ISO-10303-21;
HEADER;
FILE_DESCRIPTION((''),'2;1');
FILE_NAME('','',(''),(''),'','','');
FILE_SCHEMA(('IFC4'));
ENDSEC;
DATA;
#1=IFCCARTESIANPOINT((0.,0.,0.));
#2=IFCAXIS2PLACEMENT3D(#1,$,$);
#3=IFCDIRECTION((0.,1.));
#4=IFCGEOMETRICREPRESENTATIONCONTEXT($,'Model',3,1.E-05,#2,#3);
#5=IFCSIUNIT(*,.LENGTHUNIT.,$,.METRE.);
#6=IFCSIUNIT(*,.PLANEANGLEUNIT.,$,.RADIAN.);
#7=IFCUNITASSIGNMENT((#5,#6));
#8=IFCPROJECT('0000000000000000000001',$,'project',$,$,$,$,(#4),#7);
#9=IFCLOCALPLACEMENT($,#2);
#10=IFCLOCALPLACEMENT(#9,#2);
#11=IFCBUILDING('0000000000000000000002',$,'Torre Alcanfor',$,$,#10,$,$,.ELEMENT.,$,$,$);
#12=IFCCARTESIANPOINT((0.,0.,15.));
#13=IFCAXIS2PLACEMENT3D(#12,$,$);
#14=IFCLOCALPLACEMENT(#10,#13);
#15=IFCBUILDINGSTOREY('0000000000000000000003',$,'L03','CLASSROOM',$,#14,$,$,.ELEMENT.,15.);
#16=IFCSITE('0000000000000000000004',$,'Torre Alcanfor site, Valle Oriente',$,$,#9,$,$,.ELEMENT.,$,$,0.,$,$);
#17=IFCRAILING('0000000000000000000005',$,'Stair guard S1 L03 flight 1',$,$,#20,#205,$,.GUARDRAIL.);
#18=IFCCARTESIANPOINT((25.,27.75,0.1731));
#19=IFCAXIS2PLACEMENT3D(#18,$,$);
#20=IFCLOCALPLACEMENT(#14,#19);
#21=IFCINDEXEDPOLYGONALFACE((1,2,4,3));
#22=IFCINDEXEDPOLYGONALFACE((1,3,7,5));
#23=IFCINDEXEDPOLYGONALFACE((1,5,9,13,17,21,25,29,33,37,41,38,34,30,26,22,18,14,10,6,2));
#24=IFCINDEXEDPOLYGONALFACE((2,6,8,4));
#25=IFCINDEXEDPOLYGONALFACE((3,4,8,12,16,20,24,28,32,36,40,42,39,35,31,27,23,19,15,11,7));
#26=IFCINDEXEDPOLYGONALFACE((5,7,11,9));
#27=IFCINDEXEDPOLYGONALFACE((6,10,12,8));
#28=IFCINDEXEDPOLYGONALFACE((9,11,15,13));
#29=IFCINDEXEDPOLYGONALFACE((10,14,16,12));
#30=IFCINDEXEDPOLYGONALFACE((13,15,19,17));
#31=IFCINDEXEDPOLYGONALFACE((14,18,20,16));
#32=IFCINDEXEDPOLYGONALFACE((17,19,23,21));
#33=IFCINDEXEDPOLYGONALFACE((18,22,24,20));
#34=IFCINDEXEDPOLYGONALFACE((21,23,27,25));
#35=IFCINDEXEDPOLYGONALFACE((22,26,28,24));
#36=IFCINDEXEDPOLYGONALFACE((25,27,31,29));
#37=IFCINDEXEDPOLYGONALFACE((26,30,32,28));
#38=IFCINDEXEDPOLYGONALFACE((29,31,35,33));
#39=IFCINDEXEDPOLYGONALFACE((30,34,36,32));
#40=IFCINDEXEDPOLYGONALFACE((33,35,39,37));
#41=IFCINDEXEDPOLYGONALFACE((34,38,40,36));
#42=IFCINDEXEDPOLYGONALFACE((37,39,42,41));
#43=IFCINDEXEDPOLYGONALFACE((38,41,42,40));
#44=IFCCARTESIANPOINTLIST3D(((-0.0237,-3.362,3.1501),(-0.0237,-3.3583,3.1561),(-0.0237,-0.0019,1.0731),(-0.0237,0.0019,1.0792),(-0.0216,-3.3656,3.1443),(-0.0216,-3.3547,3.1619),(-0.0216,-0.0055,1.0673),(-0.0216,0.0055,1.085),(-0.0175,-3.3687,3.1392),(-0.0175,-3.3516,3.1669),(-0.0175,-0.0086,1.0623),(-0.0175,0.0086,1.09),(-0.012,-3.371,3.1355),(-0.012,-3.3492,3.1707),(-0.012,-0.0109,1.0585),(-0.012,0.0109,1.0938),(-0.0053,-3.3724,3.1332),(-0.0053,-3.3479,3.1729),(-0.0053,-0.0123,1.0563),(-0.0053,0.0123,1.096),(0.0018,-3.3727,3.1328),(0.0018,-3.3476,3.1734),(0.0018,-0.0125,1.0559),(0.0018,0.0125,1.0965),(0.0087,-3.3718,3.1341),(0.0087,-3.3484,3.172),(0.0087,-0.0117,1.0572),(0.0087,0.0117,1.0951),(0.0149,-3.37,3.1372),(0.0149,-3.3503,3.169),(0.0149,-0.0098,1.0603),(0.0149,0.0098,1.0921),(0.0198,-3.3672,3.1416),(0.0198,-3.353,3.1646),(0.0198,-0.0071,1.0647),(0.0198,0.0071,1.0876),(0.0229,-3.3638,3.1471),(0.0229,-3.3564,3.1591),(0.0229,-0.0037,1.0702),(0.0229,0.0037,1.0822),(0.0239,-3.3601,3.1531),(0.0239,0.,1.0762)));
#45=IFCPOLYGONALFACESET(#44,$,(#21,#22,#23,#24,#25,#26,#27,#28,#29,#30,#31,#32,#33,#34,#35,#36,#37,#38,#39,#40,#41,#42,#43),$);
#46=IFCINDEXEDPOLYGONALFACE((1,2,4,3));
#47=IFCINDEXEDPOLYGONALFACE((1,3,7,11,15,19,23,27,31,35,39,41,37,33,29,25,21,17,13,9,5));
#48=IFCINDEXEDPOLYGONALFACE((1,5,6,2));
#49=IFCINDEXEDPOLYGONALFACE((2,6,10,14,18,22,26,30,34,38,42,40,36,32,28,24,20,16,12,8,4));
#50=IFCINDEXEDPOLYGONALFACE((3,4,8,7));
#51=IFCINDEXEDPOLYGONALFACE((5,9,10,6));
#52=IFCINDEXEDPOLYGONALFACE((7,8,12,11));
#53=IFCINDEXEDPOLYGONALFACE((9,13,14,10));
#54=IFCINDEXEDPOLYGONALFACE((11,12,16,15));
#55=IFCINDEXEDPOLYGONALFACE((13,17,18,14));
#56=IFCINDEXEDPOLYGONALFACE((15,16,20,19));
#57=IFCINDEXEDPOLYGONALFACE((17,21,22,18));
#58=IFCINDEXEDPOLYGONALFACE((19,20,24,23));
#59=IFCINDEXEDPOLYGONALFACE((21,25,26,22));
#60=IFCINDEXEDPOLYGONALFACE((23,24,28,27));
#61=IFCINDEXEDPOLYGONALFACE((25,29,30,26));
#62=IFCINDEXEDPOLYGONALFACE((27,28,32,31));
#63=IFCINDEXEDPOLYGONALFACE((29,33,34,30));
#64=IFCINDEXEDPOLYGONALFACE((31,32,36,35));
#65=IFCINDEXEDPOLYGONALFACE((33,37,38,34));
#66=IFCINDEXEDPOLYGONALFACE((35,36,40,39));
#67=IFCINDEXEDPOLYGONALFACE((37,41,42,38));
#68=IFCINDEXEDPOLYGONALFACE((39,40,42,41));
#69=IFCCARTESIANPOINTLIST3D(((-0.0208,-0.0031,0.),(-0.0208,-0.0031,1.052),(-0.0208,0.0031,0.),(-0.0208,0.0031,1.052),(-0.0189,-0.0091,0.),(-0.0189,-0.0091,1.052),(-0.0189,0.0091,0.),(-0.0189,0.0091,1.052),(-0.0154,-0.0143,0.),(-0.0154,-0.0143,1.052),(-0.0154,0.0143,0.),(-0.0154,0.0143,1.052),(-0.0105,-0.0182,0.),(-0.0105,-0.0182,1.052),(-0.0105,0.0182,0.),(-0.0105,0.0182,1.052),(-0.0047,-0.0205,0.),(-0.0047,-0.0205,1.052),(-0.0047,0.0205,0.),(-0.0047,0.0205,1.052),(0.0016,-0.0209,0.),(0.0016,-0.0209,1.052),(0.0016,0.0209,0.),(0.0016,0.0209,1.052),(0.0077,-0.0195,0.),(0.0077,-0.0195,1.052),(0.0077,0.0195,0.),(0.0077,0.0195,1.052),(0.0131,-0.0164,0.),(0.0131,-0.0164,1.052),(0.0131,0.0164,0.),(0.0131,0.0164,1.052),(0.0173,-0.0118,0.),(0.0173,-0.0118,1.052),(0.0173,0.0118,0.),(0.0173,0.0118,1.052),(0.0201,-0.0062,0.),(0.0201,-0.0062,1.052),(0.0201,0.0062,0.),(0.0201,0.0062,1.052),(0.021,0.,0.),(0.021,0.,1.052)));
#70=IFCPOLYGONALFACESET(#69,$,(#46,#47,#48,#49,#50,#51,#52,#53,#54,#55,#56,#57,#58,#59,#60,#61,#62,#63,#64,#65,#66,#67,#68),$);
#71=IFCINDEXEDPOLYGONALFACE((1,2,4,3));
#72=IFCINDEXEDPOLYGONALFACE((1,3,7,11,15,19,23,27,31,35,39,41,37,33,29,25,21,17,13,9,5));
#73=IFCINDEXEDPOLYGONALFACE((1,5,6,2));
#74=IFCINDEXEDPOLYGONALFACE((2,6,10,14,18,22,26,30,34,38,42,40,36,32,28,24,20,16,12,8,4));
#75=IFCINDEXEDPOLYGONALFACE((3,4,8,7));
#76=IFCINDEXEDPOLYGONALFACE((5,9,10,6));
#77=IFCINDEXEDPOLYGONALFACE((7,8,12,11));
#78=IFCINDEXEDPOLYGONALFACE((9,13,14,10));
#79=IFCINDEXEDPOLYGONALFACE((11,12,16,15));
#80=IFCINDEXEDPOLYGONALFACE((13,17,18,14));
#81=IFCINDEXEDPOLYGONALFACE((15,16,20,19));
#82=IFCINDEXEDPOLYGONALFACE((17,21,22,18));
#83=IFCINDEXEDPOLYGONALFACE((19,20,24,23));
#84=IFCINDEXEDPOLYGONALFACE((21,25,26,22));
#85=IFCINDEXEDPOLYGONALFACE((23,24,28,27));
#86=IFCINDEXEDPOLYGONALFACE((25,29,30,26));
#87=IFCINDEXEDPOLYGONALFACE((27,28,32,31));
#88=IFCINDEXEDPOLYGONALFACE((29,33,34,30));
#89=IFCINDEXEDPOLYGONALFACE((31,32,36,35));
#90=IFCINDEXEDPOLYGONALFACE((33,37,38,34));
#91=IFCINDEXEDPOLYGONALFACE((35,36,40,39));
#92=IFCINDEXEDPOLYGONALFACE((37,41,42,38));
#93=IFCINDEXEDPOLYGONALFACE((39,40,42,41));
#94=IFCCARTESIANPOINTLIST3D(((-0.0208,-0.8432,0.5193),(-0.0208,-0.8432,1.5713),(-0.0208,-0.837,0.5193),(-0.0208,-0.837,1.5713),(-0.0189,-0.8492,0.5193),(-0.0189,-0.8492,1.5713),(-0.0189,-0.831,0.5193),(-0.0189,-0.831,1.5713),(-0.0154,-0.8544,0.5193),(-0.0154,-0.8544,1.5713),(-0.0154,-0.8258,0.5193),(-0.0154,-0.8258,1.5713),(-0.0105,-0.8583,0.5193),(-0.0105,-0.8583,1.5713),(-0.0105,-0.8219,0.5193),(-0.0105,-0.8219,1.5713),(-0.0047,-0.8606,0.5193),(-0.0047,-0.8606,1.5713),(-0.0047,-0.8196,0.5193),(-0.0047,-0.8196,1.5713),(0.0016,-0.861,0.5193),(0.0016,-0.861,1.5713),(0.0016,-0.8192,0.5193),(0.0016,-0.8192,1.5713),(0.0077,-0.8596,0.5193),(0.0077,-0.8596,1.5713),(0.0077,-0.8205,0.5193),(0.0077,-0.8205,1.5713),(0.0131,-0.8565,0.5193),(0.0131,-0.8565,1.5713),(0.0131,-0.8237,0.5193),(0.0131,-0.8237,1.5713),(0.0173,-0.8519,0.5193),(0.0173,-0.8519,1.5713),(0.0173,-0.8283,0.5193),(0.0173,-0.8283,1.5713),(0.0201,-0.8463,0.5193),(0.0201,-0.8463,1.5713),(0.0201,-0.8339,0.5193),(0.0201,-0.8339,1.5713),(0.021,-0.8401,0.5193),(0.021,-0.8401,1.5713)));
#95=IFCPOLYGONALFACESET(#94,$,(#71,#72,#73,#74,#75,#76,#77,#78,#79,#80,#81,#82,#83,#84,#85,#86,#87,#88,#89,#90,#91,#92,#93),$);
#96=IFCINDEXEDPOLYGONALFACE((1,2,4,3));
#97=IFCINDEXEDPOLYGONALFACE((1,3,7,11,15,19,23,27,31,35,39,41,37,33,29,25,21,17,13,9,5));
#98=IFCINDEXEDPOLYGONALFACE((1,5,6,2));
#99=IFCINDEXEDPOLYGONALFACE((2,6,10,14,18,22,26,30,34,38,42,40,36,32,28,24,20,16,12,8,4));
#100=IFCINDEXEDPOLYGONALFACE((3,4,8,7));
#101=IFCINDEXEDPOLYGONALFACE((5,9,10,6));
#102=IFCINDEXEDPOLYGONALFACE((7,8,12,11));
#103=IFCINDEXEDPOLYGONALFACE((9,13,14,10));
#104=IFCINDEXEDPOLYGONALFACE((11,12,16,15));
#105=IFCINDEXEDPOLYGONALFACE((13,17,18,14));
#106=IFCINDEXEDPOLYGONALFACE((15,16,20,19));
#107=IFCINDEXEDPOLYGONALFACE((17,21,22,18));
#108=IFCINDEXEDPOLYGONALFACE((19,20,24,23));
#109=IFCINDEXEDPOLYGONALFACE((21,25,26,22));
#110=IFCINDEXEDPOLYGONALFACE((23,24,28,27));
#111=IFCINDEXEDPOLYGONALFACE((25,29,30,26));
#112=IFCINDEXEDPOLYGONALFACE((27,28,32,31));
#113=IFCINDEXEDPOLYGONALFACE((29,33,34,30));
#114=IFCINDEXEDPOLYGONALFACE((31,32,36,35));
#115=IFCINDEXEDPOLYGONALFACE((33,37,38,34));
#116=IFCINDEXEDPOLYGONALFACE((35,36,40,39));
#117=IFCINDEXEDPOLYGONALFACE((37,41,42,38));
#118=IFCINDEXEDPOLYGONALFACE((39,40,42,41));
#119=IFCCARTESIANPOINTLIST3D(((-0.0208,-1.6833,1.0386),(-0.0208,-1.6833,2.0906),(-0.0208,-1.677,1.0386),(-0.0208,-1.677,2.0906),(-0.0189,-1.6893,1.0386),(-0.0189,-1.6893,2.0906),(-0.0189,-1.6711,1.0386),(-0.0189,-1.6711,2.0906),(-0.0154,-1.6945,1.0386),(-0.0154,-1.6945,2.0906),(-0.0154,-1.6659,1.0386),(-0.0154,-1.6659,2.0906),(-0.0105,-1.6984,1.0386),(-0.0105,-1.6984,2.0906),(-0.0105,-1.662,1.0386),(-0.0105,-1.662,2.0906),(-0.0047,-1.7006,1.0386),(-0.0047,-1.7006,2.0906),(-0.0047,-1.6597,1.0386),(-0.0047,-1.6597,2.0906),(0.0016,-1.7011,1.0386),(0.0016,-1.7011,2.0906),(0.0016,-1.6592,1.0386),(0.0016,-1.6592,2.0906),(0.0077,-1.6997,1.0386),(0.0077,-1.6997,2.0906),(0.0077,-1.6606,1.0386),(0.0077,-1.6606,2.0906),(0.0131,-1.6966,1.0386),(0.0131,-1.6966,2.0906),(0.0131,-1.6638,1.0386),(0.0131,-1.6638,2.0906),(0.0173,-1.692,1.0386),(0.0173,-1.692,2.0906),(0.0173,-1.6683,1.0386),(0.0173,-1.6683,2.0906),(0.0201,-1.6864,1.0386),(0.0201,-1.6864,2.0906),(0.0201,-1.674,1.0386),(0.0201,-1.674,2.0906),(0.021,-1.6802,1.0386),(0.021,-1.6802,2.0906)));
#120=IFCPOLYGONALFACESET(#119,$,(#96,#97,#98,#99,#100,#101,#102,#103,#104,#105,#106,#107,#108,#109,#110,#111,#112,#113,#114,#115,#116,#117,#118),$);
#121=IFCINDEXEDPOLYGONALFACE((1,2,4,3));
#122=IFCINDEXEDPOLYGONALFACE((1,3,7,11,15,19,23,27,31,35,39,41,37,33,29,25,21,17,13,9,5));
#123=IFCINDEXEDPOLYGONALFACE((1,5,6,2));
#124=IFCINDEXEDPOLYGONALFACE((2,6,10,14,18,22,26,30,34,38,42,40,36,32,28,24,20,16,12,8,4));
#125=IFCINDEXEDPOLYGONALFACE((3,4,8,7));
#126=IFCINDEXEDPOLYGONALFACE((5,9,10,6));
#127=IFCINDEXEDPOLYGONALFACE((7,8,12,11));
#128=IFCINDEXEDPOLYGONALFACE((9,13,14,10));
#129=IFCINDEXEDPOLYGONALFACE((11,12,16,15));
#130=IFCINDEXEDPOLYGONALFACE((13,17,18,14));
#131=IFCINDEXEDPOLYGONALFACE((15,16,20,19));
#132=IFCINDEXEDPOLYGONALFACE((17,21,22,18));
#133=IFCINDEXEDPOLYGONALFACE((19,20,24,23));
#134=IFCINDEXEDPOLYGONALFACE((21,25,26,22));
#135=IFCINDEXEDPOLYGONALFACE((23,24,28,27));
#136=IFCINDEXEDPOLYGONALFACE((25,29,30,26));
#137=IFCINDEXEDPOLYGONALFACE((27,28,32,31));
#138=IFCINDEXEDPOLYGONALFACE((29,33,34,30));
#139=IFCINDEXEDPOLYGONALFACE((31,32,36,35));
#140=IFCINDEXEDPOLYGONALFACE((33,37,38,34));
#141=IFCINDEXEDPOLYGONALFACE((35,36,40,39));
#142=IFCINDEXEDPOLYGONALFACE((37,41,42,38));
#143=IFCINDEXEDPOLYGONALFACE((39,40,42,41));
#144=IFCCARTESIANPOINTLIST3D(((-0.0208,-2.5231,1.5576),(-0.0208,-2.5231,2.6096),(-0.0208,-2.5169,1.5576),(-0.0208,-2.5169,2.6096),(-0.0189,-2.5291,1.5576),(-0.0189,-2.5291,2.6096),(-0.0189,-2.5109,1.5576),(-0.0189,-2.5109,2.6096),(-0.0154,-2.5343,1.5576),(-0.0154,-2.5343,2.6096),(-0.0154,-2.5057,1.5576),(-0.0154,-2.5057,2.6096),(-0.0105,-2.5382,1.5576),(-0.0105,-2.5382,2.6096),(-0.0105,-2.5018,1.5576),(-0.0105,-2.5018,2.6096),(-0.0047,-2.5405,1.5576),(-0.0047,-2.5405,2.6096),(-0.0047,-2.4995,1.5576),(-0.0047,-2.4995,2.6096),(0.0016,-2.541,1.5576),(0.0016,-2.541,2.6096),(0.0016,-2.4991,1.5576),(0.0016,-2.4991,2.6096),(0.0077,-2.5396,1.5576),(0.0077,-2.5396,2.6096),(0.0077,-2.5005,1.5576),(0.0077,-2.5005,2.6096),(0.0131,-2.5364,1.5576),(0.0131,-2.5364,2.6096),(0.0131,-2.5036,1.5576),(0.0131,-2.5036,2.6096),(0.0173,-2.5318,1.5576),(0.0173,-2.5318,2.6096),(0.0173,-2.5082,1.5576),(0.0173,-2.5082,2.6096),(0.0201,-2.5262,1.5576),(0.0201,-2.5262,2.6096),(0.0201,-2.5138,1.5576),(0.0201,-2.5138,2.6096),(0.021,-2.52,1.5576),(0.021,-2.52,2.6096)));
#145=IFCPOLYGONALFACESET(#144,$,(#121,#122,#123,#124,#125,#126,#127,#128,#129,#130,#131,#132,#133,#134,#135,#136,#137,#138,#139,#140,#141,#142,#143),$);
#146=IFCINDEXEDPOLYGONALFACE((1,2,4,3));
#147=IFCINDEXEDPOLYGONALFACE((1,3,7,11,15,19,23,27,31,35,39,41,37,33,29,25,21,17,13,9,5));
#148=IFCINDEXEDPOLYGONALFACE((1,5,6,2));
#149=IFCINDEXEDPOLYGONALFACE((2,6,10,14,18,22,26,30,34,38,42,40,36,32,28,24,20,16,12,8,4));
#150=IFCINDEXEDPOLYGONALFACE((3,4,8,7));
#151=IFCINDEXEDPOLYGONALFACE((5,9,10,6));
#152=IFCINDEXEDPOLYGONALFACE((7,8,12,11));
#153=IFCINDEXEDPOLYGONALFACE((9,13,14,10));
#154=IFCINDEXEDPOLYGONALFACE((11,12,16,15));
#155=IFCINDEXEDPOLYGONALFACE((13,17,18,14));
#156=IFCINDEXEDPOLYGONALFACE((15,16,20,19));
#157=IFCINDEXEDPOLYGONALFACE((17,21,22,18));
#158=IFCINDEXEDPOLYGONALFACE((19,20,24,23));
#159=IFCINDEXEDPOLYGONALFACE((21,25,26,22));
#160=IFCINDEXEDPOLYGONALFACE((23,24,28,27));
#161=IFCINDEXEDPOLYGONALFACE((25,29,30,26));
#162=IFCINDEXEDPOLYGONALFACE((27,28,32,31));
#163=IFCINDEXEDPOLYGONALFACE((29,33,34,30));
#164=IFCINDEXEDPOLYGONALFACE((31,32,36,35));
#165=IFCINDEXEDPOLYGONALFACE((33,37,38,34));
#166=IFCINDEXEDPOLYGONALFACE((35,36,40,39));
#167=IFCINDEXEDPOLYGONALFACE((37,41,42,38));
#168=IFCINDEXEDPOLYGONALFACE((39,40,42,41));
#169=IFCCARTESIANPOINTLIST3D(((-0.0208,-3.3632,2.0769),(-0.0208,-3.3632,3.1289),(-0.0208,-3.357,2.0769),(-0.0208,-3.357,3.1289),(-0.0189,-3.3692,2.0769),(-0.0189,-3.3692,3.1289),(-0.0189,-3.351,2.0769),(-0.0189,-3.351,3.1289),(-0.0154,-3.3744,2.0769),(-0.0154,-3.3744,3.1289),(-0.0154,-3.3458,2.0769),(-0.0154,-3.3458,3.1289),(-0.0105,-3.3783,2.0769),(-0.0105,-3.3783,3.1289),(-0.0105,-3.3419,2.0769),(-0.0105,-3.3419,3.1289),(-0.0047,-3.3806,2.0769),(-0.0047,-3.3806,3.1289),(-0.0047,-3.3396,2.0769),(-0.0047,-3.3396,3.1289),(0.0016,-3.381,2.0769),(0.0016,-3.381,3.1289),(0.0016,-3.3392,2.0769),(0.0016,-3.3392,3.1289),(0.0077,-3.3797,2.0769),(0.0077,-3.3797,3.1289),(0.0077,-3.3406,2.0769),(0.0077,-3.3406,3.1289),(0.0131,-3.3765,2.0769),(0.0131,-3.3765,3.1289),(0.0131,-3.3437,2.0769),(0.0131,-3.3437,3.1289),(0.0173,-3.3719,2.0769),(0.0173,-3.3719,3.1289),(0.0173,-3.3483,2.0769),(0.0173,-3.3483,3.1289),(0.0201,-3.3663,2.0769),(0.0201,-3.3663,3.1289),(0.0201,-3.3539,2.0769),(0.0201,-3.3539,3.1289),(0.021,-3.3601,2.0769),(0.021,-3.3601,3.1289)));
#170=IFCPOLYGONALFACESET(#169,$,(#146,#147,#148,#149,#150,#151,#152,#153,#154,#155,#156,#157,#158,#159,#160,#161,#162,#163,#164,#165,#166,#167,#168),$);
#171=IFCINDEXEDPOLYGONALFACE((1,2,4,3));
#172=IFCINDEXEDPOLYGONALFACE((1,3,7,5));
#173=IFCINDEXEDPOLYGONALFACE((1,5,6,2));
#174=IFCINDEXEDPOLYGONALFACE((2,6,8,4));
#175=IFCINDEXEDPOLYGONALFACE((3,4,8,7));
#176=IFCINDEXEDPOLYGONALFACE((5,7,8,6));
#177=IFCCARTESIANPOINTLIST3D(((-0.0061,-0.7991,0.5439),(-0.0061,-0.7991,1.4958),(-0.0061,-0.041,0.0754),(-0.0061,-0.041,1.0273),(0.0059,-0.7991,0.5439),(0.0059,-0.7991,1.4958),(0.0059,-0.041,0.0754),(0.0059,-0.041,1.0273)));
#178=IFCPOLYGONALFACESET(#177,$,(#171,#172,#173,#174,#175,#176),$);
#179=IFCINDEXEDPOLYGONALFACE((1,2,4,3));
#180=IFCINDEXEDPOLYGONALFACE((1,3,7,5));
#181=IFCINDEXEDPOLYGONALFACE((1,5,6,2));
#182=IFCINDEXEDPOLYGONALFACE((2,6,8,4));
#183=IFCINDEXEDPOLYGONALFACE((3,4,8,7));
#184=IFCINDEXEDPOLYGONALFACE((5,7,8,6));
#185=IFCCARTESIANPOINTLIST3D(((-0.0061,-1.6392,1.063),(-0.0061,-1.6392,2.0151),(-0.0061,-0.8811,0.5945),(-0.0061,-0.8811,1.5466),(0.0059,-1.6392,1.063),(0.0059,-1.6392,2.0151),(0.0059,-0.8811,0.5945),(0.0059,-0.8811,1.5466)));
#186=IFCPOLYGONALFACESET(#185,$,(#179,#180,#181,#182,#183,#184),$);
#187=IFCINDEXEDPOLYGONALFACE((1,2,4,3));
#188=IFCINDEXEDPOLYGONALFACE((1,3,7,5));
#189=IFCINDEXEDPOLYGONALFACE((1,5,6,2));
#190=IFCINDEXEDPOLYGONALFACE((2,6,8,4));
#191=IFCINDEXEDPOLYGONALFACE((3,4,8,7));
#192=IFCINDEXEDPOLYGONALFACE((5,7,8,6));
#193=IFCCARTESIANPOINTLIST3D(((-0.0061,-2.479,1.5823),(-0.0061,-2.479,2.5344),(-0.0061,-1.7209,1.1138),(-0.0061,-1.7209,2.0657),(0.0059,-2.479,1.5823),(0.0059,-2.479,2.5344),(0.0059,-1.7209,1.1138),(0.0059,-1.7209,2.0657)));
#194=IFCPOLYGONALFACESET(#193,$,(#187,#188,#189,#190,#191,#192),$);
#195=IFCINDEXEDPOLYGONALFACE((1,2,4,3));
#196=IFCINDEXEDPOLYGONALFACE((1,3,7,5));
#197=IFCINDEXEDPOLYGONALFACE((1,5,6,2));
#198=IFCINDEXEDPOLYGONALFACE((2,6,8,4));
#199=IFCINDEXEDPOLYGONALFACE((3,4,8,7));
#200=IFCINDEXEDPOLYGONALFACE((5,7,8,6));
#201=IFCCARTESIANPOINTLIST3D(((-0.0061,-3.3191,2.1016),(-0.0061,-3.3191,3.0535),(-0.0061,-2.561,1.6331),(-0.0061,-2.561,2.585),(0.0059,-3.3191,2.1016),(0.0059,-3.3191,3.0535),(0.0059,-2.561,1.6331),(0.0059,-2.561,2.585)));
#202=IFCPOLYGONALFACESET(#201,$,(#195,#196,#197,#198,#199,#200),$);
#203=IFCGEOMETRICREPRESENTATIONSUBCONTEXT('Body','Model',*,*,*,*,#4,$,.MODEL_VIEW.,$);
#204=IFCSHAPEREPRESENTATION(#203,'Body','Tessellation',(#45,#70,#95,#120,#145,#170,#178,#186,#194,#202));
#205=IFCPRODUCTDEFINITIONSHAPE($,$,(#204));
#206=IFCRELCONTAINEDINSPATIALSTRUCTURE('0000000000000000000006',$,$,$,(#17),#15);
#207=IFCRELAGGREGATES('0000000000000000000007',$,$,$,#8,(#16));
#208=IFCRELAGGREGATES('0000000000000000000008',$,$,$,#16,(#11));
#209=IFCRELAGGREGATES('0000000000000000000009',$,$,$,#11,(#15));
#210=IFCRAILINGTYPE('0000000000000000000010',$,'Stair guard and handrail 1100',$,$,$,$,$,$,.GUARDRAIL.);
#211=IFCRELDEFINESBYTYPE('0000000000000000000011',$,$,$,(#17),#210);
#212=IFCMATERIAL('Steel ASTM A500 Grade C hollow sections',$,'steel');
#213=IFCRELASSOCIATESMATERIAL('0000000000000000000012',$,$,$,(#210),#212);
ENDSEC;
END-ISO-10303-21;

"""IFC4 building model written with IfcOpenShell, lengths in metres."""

from ifc_helpers import new_model, si_unit, direction, frame, origin, origin_2d, place, context, subcontext, project, spatial, polyline, circle, outline, extrude, material, type_object, element, save


model = new_model("IFC4")

# Units and contexts
model_context = context("Model", 3, precision=1e-05, world=origin(), true_north=direction((0.0, 1.0)))
body_context = subcontext(model_context, "Body", "Model", "MODEL_VIEW")
ifc_project = project(units=[si_unit("LENGTHUNIT", "METRE"), si_unit("PLANEANGLEUNIT", "RADIAN")], contexts=[model_context])

# Site, building, storey
site_placement = place(None, origin())
site = spatial("IfcSite", under=ifc_project, at=site_placement, Name="Torre Alcanfor site, Valle Oriente", CompositionType="ELEMENT", RefElevation=0.0)
building_placement = place(site_placement, origin())
building = spatial("IfcBuilding", under=site, at=building_placement, Name="Torre Alcanfor", CompositionType="ELEMENT")
storey_placement = place(building_placement, frame((0.0, 0.0, 15.0)))
storey = spatial("IfcBuildingStorey", under=building, at=storey_placement, Name="L03", Description="CLASSROOM", CompositionType="ELEMENT", Elevation=15.0)

# Railing
ifc_material_1 = material(Name="Steel ASTM A500 Grade C hollow sections", Category="steel")
railing_type_1 = type_object("IfcRailingType", Name="Stair guard and handrail 1100", PredefinedType="GUARDRAIL", material=ifc_material_1)
railing_1_placement = place(storey_placement, frame((25.0, 27.75, 0.1731)))
element("IfcRailing", 1, at=railing_1_placement, inside=storey, type_object=railing_type_1, Name="Stair guard S1 L03 flight 1", PredefinedType="GUARDRAIL", context=body_context, shape_type="SweptSolid", body=[
    extrude(circle(Radius=0.0239, at=origin_2d()), frame((0.0, 0.0, 1.0762), z_axis=(0.0, -0.850623, 0.525776), x_axis=(1.0, 0.0, 0.0)), (0.0, 0.0, 1.0), 3.9502),
    extrude(circle(Radius=0.021, at=origin_2d()), origin(), (0.0, 0.0, 1.0), 1.052),
    extrude(circle(Radius=0.021, at=origin_2d()), frame((0.0, -0.8401, 0.5193)), (0.0, 0.0, 1.0), 1.052),
    extrude(circle(Radius=0.021, at=origin_2d()), frame((0.0, -1.6802, 1.0386)), (0.0, 0.0, 1.0), 1.052),
    extrude(circle(Radius=0.021, at=origin_2d()), frame((0.0, -2.52, 1.5576)), (0.0, 0.0, 1.0), 1.052),
    extrude(circle(Radius=0.021, at=origin_2d()), frame((0.0, -3.3601, 2.0769)), (0.0, 0.0, 1.0), 1.052),
    extrude(outline(polyline([(0.041, 0.0754), (0.7991, 0.5439), (0.7991, 1.4958), (0.041, 1.0273), (0.041, 0.0754)])), frame((0.0059, 0.0, 0.0), z_axis=(-1.0, 0.0, 0.0), x_axis=(0.0, -1.0, 0.0)), (0.0, 0.0, 1.0), 0.012),
    extrude(outline(polyline([(0.8811, 0.5945), (1.6392, 1.063), (1.6392, 2.0151), (0.8811, 1.5466), (0.8811, 0.5945)])), frame((0.0059, 0.0, 0.0), z_axis=(-1.0, 0.0, 0.0), x_axis=(0.0, -1.0, 0.0)), (0.0, 0.0, 1.0), 0.012),
    extrude(outline(polyline([(1.7209, 1.1138), (2.479, 1.5823), (2.479, 2.5344), (1.7209, 2.0657), (1.7209, 1.1138)])), frame((0.0059, 0.0, 0.0), z_axis=(-1.0, 0.0, 0.0), x_axis=(0.0, -1.0, 0.0)), (0.0, 0.0, 1.0), 0.012),
    extrude(outline(polyline([(2.561, 1.6331), (3.3191, 2.1016), (3.3191, 3.0535), (2.561, 2.585), (2.561, 1.6331)])), frame((0.0059, 0.0, 0.0), z_axis=(-1.0, 0.0, 0.0), x_axis=(0.0, -1.0, 0.0)), (0.0, 0.0, 1.0), 0.012),
])

save(model, "model.ifc")
